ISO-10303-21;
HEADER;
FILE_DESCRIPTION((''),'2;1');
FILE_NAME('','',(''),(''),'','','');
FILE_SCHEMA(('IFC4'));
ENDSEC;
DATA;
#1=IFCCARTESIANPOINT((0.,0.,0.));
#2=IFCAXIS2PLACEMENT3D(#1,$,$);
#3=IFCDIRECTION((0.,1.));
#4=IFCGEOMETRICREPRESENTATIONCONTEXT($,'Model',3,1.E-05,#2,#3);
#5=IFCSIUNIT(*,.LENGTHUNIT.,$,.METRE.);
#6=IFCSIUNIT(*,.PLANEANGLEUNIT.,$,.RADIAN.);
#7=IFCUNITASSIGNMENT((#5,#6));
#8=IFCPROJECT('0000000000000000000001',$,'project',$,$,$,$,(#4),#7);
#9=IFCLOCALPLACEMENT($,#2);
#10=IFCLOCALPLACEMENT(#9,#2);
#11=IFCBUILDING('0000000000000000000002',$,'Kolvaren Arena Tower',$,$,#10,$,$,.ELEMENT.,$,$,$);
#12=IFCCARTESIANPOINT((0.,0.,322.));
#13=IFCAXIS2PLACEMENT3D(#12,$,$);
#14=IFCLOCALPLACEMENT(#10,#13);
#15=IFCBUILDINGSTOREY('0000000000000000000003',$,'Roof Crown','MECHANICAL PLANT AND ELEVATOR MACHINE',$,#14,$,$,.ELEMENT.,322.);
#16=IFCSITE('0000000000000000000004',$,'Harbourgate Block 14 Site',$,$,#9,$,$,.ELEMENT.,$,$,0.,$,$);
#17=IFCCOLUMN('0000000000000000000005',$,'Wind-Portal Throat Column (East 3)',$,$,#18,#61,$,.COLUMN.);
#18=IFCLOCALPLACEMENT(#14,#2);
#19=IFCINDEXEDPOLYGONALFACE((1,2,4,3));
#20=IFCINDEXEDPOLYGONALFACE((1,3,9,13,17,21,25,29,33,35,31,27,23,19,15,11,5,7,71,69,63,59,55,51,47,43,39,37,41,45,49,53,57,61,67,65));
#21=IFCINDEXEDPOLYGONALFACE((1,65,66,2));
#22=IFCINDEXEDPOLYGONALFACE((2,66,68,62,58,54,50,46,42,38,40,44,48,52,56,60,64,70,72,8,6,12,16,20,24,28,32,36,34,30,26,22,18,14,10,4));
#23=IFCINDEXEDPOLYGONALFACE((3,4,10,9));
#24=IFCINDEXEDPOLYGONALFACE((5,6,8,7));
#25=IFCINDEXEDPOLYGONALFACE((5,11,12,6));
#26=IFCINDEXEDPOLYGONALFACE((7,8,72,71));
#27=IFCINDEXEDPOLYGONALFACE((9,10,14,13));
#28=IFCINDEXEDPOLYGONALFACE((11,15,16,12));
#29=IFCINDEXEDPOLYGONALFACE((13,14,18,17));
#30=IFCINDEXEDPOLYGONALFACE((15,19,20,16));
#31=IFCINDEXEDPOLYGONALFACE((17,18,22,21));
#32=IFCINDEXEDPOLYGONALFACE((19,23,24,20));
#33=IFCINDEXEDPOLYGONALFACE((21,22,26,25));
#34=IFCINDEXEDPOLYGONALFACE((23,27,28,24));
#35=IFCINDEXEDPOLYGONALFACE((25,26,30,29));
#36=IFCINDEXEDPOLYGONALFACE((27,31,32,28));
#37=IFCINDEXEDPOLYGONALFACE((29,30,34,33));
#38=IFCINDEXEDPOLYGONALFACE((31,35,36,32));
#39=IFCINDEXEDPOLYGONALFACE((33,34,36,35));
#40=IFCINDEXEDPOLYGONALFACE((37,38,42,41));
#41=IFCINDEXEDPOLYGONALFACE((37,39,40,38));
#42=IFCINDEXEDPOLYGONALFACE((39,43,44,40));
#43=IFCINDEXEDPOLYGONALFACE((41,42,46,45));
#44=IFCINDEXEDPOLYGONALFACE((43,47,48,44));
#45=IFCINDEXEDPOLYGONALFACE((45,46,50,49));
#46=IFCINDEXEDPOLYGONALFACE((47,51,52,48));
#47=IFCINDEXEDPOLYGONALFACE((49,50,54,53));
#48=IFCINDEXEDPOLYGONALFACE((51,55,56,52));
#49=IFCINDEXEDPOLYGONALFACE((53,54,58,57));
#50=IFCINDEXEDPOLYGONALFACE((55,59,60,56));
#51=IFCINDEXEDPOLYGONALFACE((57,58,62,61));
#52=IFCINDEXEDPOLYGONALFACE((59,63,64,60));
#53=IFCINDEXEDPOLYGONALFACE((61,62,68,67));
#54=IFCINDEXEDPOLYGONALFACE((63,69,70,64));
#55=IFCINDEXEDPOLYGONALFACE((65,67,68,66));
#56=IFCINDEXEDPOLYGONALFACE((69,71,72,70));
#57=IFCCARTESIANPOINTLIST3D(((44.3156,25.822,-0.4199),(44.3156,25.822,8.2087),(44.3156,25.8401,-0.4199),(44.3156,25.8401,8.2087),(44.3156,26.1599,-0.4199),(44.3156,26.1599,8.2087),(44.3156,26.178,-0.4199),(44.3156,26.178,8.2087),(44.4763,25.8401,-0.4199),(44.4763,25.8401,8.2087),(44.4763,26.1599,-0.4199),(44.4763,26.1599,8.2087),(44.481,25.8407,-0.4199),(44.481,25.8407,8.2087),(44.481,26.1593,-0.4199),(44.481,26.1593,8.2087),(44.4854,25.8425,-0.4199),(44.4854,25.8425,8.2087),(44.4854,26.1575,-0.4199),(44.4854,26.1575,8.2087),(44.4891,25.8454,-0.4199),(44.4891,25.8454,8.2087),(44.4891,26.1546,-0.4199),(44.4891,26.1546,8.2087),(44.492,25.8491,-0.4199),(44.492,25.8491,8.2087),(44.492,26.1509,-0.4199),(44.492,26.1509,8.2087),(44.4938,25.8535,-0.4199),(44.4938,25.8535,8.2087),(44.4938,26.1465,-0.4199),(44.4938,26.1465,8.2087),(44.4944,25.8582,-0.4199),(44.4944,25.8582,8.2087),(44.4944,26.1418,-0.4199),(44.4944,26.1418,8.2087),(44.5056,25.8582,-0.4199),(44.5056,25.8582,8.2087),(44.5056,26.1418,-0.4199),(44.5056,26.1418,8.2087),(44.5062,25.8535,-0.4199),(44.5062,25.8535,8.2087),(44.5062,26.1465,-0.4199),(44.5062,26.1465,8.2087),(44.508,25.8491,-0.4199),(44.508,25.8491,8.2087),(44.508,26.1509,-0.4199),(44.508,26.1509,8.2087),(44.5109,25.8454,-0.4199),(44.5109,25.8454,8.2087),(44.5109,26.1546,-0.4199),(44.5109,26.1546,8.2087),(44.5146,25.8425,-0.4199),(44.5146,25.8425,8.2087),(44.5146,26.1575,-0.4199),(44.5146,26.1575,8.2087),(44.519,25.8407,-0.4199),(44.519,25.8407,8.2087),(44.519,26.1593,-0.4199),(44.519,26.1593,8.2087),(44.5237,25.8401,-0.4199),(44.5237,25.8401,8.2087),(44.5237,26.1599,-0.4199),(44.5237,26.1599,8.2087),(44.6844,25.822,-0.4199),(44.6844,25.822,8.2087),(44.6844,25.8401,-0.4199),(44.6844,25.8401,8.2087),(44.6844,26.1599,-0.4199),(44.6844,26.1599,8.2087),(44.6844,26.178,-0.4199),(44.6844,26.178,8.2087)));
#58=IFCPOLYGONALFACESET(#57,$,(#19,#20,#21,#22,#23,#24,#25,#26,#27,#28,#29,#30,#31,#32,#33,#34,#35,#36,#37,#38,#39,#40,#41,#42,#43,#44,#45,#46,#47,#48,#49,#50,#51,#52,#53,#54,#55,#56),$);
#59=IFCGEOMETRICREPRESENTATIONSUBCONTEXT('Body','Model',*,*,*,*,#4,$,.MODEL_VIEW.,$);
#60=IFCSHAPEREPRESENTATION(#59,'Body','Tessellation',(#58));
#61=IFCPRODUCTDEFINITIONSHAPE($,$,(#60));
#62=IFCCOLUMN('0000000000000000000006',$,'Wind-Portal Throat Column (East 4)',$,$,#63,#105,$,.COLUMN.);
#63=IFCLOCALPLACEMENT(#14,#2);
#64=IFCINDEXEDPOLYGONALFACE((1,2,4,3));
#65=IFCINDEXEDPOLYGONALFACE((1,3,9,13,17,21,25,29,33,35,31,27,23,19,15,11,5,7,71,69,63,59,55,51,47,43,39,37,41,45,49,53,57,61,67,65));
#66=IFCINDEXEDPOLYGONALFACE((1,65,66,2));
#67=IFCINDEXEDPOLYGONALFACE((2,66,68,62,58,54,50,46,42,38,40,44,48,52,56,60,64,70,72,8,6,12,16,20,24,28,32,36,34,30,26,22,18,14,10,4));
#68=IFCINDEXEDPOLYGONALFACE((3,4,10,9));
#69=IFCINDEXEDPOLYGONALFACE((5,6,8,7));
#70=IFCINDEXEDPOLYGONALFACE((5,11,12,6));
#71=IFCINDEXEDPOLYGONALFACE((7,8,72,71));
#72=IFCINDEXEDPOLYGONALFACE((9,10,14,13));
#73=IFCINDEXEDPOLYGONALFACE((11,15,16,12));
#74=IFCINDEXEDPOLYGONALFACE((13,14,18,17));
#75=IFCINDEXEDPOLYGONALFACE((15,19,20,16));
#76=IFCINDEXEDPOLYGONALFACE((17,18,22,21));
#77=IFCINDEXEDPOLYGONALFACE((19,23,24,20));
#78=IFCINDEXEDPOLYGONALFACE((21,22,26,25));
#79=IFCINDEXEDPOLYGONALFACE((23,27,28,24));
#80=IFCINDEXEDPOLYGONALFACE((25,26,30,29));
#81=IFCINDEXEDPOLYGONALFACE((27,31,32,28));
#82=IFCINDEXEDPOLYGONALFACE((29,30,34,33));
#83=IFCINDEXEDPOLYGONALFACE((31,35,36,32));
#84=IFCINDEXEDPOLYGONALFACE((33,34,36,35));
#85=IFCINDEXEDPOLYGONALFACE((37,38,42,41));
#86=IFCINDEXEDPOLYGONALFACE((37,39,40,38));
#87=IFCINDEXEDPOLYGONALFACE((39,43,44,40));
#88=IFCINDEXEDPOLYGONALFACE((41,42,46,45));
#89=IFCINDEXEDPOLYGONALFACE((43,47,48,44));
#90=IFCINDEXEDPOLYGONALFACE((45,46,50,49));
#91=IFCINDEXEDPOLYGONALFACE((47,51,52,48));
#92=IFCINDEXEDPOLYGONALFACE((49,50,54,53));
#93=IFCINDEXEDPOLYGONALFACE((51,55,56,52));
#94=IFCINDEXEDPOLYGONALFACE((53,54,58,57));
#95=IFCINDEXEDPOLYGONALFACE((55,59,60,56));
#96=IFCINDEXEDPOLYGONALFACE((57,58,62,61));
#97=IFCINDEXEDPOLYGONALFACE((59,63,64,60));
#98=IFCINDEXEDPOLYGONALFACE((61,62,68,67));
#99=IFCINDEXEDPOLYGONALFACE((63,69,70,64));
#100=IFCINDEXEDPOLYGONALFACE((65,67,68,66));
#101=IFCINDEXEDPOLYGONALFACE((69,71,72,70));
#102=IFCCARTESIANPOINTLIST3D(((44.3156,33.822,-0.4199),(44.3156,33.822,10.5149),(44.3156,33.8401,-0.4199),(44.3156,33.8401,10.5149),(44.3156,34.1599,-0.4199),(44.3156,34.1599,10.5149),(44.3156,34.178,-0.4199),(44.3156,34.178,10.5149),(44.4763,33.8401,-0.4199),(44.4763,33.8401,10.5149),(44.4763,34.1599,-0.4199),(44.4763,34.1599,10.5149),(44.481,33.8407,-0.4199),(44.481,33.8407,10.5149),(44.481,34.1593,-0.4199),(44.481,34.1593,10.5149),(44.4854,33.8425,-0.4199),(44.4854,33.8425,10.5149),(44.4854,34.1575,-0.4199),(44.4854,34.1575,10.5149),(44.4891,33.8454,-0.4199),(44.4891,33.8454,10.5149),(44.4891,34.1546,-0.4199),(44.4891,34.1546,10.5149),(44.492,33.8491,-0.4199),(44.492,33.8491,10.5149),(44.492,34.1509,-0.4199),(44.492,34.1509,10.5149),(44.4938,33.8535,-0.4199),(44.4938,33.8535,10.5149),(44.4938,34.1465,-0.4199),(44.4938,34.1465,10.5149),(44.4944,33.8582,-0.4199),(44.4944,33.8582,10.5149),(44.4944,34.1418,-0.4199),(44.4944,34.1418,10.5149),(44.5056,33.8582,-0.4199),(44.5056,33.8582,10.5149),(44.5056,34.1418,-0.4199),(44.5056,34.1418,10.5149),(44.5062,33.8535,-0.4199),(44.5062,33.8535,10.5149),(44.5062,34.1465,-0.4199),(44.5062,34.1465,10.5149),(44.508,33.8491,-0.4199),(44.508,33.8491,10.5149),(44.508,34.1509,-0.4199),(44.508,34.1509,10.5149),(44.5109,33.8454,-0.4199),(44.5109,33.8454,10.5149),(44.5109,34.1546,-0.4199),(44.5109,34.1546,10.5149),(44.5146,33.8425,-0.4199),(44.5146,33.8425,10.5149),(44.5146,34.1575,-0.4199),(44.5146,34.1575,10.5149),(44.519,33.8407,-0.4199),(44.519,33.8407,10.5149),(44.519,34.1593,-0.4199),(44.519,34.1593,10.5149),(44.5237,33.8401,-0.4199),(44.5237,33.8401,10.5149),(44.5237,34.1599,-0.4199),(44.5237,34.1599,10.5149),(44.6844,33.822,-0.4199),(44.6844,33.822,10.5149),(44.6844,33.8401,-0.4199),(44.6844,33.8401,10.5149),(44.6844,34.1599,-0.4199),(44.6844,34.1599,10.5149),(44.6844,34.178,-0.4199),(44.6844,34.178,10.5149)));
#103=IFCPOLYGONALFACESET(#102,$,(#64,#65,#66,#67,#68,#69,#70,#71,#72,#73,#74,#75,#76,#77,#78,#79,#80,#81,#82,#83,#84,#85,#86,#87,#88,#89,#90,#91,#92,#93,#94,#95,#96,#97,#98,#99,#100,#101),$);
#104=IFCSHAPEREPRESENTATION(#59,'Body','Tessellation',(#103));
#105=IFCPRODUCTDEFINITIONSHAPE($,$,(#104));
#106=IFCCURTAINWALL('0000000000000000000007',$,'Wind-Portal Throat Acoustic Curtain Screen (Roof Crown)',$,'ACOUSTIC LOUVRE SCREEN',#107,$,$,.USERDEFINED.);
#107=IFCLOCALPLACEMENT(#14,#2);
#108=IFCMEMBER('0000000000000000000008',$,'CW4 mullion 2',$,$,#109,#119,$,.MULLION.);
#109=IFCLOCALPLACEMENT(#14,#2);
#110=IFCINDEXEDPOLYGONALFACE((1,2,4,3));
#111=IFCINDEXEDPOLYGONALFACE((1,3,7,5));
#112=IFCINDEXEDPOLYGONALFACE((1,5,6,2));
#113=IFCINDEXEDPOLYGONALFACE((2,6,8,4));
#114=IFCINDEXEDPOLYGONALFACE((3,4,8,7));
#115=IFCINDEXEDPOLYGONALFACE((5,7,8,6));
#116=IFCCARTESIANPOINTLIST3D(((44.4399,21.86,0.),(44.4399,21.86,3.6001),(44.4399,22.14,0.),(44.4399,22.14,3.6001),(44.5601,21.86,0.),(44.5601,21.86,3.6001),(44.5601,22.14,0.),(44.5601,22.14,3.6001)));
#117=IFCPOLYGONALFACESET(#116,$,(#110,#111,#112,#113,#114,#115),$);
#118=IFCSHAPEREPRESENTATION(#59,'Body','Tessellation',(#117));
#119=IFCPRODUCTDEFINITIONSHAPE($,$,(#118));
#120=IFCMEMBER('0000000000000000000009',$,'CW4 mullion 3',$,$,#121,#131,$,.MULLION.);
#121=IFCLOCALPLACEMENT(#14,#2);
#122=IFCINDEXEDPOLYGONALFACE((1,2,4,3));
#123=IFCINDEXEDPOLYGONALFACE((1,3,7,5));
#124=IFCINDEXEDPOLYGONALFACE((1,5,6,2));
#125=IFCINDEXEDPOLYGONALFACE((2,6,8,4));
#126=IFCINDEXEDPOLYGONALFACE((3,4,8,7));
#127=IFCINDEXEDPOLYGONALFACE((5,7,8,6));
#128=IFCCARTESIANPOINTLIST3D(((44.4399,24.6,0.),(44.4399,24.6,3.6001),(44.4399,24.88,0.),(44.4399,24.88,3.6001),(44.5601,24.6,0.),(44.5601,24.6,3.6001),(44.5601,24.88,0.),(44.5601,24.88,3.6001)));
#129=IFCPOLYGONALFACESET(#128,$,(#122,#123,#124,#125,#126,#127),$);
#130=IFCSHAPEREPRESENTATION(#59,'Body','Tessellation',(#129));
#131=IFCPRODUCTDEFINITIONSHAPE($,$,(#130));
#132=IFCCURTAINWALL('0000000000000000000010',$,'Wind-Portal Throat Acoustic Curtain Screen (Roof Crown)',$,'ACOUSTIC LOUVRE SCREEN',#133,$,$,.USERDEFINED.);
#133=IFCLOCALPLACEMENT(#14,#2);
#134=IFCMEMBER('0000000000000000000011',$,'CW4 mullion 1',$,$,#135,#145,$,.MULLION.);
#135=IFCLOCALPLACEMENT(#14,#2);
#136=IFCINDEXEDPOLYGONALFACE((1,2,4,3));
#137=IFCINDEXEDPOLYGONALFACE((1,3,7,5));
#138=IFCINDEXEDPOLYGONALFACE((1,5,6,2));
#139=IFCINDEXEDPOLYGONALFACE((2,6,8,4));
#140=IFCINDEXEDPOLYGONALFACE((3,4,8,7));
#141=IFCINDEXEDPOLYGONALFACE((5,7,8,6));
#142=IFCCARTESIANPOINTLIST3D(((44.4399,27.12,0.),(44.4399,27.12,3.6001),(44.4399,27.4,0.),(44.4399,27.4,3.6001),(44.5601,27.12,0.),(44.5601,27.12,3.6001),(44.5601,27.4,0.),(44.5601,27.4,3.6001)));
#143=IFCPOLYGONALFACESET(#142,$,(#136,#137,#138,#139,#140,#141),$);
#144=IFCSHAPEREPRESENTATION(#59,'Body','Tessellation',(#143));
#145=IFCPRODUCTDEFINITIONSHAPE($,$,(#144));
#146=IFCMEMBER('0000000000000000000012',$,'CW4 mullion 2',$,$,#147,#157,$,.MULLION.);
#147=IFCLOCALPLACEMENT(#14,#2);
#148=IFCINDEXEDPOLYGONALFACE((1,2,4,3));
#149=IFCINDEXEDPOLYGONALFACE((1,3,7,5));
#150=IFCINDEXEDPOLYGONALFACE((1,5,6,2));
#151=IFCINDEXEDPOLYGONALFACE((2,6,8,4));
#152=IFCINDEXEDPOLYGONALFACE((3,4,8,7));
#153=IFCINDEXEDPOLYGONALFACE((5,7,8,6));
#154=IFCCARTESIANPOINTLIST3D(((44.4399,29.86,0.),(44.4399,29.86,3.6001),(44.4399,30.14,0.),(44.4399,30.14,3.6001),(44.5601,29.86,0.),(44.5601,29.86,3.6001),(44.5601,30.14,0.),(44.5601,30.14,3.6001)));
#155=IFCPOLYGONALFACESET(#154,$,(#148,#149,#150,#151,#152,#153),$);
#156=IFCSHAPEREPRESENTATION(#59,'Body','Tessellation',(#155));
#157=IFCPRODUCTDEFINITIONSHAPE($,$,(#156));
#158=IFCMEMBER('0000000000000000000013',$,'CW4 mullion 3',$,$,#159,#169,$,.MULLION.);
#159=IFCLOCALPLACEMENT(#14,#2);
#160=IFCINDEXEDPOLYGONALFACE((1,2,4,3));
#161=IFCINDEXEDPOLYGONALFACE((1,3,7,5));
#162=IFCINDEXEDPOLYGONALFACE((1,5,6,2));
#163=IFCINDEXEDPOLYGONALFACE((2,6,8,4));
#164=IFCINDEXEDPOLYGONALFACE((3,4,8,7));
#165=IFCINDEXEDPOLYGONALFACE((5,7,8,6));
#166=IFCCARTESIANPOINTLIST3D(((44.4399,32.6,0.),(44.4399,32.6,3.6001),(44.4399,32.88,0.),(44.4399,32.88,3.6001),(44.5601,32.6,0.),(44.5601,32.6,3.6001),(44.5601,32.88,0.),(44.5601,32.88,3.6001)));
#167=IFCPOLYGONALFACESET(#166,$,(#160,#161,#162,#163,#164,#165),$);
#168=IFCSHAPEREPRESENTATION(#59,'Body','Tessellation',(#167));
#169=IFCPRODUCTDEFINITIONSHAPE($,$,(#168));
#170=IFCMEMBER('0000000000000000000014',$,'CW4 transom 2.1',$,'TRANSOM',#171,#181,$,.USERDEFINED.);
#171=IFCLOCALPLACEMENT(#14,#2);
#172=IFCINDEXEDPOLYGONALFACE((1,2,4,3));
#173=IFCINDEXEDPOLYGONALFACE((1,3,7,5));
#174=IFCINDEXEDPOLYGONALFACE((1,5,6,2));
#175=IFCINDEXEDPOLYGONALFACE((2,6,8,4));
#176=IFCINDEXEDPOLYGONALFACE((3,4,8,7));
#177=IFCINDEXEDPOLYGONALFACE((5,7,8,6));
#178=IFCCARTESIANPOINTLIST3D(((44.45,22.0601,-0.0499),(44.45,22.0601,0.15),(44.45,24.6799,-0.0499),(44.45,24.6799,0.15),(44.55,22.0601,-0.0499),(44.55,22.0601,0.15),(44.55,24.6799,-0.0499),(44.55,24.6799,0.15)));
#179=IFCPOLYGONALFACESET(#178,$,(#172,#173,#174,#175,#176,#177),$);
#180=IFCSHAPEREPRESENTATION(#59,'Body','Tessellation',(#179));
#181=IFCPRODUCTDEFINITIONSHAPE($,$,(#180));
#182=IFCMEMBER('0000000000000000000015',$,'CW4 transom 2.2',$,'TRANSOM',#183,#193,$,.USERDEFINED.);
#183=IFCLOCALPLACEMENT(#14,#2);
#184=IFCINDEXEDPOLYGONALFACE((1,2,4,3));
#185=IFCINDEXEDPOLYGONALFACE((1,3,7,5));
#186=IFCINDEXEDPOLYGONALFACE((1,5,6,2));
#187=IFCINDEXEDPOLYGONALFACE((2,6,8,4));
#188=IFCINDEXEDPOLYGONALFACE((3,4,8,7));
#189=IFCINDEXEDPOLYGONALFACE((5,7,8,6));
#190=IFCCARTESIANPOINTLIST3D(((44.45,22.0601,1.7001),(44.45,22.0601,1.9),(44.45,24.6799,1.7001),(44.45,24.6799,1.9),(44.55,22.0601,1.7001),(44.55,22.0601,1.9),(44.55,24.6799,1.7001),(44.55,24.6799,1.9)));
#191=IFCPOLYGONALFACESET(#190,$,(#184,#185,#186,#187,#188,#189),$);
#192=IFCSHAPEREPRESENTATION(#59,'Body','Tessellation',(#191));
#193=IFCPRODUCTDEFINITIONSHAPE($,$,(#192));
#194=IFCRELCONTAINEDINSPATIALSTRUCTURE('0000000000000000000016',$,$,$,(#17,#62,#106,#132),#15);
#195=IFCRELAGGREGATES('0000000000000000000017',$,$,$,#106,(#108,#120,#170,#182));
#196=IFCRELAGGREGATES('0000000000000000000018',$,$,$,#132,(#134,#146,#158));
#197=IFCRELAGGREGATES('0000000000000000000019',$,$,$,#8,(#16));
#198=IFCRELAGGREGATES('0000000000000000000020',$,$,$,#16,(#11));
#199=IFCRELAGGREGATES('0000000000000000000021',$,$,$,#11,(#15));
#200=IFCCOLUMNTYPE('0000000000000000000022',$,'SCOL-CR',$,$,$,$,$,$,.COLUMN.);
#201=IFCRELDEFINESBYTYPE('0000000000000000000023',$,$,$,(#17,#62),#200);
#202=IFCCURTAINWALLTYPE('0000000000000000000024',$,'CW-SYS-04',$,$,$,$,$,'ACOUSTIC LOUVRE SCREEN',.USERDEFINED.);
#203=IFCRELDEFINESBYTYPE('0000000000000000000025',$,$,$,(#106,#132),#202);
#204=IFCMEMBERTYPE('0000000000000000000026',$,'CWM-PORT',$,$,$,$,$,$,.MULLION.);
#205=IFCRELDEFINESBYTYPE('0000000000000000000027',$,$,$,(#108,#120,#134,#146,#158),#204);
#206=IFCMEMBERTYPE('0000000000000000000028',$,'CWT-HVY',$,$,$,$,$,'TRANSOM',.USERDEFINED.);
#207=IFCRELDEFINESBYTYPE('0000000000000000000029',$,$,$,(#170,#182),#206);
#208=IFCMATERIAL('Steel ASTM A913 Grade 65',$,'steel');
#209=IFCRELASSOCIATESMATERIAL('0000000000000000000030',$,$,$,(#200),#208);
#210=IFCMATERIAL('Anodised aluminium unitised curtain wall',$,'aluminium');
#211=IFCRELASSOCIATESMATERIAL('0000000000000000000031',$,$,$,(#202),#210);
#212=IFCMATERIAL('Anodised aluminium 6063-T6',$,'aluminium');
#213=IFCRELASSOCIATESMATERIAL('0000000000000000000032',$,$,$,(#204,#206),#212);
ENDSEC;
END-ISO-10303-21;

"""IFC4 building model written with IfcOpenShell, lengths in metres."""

from ifc_helpers import new_model, si_unit, direction, frame, origin, origin_2d, place, context, subcontext, project, spatial, rectangle, i_section, extrude, material, material_profile, profile_set, type_object, element, aggregate, save


model = new_model("IFC4")

# Units and contexts
model_context = context("Model", 3, precision=1e-05, world=origin(), true_north=direction((0.0, 1.0)))
body_context = subcontext(model_context, "Body", "Model", "MODEL_VIEW")
ifc_project = project(units=[si_unit("LENGTHUNIT", "METRE"), si_unit("PLANEANGLEUNIT", "RADIAN")], contexts=[model_context])

# Site, building, storey
site_placement = place(None, origin())
site = spatial("IfcSite", under=ifc_project, at=site_placement, Name="Harbourgate Block 14 Site", CompositionType="ELEMENT", RefElevation=0.0)
building_placement = place(site_placement, origin())
building = spatial("IfcBuilding", under=site, at=building_placement, Name="Kolvaren Arena Tower", CompositionType="ELEMENT")
storey_placement = place(building_placement, frame((0.0, 0.0, 322.0)))
storey = spatial("IfcBuildingStorey", under=building, at=storey_placement, Name="Roof Crown", Description="MECHANICAL PLANT AND ELEVATOR MACHINE", CompositionType="ELEMENT", Elevation=322.0)

# Columns
ifc_material_1 = material(Name="Steel ASTM A913 Grade 65", Category="steel")
ifc_material_profile_1 = material_profile(ifc_material_1, i_section(OverallWidth=0.3689, OverallDepth=0.356, WebThickness=0.0112, FlangeThickness=0.0181, FilletRadius=0.0181, at=origin_2d()), Name="W360x134")
ifc_profile_set_1 = profile_set([ifc_material_profile_1], Name="Steel ASTM A913 Grade 65")
column_type = type_object("IfcColumnType", Name="SCOL-CR", PredefinedType="COLUMN", material=ifc_profile_set_1)
column_1_placement = place(storey_placement, frame((44.5, 26.0, -0.4199), z_axis=(0.0, 0.0, 1.0), x_axis=(1.0, 0.0, 0.0)))
element("IfcColumn", 1, at=column_1_placement, inside=storey, type_object=column_type, Name="Wind-Portal Throat Column (East 3)", PredefinedType="COLUMN", context=body_context, shape_type="SweptSolid", body=[
    extrude(i_section(OverallWidth=0.3689, OverallDepth=0.356, WebThickness=0.0112, FlangeThickness=0.0181, FilletRadius=0.0181, at=origin_2d()), origin(), (0.0, 0.0, 1.0), 8.6287),
])
column_2_placement = place(storey_placement, frame((44.5, 34.0, -0.4199), z_axis=(0.0, 0.0, 1.0), x_axis=(1.0, 0.0, 0.0)))
element("IfcColumn", 2, at=column_2_placement, inside=storey, type_object=column_type, Name="Wind-Portal Throat Column (East 4)", PredefinedType="COLUMN", context=body_context, shape_type="SweptSolid", body=[
    extrude(i_section(OverallWidth=0.3689, OverallDepth=0.356, WebThickness=0.0112, FlangeThickness=0.0181, FilletRadius=0.0181, at=origin_2d()), origin(), (0.0, 0.0, 1.0), 10.9348),
])

# Curtain walls, members
ifc_material_2 = material(Name="Anodised aluminium unitised curtain wall", Category="aluminium")
curtain_wall_type = type_object("IfcCurtainWallType", Name="CW-SYS-04", ElementType="ACOUSTIC LOUVRE SCREEN", PredefinedType="USERDEFINED", material=ifc_material_2)
curtain_wall_1_placement = place(storey_placement, origin())
curtain_wall_1 = element("IfcCurtainWall", 3, at=curtain_wall_1_placement, inside=storey, type_object=curtain_wall_type, Name="Wind-Portal Throat Acoustic Curtain Screen (Roof Crown)", ObjectType="ACOUSTIC LOUVRE SCREEN", PredefinedType="USERDEFINED")
ifc_material_3 = material(Name="Anodised aluminium 6063-T6", Category="aluminium")
ifc_material_profile_2 = material_profile(ifc_material_3, rectangle(XDim=0.1201, YDim=0.28, at=origin_2d()), Name="ALU-120x280")
ifc_profile_set_2 = profile_set([ifc_material_profile_2], Name="Anodised aluminium 6063-T6")
member_type_1 = type_object("IfcMemberType", Name="CWM-PORT", PredefinedType="MULLION", material=ifc_profile_set_2)
member_1_placement = place(storey_placement, frame((44.5, 22.0, 0.0), z_axis=(0.0, 0.0, 1.0), x_axis=(-1.0, 0.0, 0.0)))
member_1 = element("IfcMember", 4, at=member_1_placement, type_object=member_type_1, Name="CW4 mullion 2", PredefinedType="MULLION", context=body_context, shape_type="SweptSolid", body=[
    extrude(rectangle(XDim=0.1201, YDim=0.28, at=origin_2d()), origin(), (0.0, 0.0, 1.0), 3.6001),
])
member_2_placement = place(storey_placement, frame((44.5, 24.74, 0.0), z_axis=(0.0, 0.0, 1.0), x_axis=(-1.0, 0.0, 0.0)))
member_2 = element("IfcMember", 5, at=member_2_placement, type_object=member_type_1, Name="CW4 mullion 3", PredefinedType="MULLION", context=body_context, shape_type="SweptSolid", body=[
    extrude(rectangle(XDim=0.1201, YDim=0.28, at=origin_2d()), origin(), (0.0, 0.0, 1.0), 3.6001),
])
curtain_wall_2_placement = place(storey_placement, origin())
curtain_wall_2 = element("IfcCurtainWall", 6, at=curtain_wall_2_placement, inside=storey, type_object=curtain_wall_type, Name="Wind-Portal Throat Acoustic Curtain Screen (Roof Crown)", ObjectType="ACOUSTIC LOUVRE SCREEN", PredefinedType="USERDEFINED")
member_3_placement = place(storey_placement, frame((44.5, 27.26, 0.0), z_axis=(0.0, 0.0, 1.0), x_axis=(-1.0, 0.0, 0.0)))
member_3 = element("IfcMember", 7, at=member_3_placement, type_object=member_type_1, Name="CW4 mullion 1", PredefinedType="MULLION", context=body_context, shape_type="SweptSolid", body=[
    extrude(rectangle(XDim=0.1201, YDim=0.28, at=origin_2d()), origin(), (0.0, 0.0, 1.0), 3.6001),
])
member_4_placement = place(storey_placement, frame((44.5, 30.0, 0.0), z_axis=(0.0, 0.0, 1.0), x_axis=(-1.0, 0.0, 0.0)))
member_4 = element("IfcMember", 8, at=member_4_placement, type_object=member_type_1, Name="CW4 mullion 2", PredefinedType="MULLION", context=body_context, shape_type="SweptSolid", body=[
    extrude(rectangle(XDim=0.1201, YDim=0.28, at=origin_2d()), origin(), (0.0, 0.0, 1.0), 3.6001),
])
member_5_placement = place(storey_placement, frame((44.5, 32.74, 0.0), z_axis=(0.0, 0.0, 1.0), x_axis=(-1.0, 0.0, 0.0)))
member_5 = element("IfcMember", 9, at=member_5_placement, type_object=member_type_1, Name="CW4 mullion 3", PredefinedType="MULLION", context=body_context, shape_type="SweptSolid", body=[
    extrude(rectangle(XDim=0.1201, YDim=0.28, at=origin_2d()), origin(), (0.0, 0.0, 1.0), 3.6001),
])

# Members
ifc_material_profile_3 = material_profile(ifc_material_3, rectangle(XDim=0.1001, YDim=0.2, at=origin_2d()), Name="ALU-100x200")
ifc_profile_set_3 = profile_set([ifc_material_profile_3], Name="Anodised aluminium 6063-T6")
member_type_2 = type_object("IfcMemberType", Name="CWT-HVY", ElementType="TRANSOM", PredefinedType="USERDEFINED", material=ifc_profile_set_3)
member_6_placement = place(storey_placement, frame((44.5, 22.0601, 0.05), z_axis=(0.0, 1.0, 0.0), x_axis=(-1.0, 0.0, 0.0)))
member_6 = element("IfcMember", 10, at=member_6_placement, type_object=member_type_2, Name="CW4 transom 2.1", ObjectType="TRANSOM", PredefinedType="USERDEFINED", context=body_context, shape_type="SweptSolid", body=[
    extrude(rectangle(XDim=0.1001, YDim=0.2, at=origin_2d()), origin(), (0.0, 0.0, 1.0), 2.6199),
])
member_7_placement = place(storey_placement, frame((44.5, 22.0601, 1.8), z_axis=(0.0, 1.0, 0.0), x_axis=(-1.0, 0.0, 0.0)))
member_7 = element("IfcMember", 11, at=member_7_placement, type_object=member_type_2, Name="CW4 transom 2.2", ObjectType="TRANSOM", PredefinedType="USERDEFINED", context=body_context, shape_type="SweptSolid", body=[
    extrude(rectangle(XDim=0.1001, YDim=0.2, at=origin_2d()), origin(), (0.0, 0.0, 1.0), 2.6199),
])

aggregate(curtain_wall_1, [member_1, member_2, member_6, member_7])
aggregate(curtain_wall_2, [member_3, member_4, member_5])

save(model, "model.ifc")
